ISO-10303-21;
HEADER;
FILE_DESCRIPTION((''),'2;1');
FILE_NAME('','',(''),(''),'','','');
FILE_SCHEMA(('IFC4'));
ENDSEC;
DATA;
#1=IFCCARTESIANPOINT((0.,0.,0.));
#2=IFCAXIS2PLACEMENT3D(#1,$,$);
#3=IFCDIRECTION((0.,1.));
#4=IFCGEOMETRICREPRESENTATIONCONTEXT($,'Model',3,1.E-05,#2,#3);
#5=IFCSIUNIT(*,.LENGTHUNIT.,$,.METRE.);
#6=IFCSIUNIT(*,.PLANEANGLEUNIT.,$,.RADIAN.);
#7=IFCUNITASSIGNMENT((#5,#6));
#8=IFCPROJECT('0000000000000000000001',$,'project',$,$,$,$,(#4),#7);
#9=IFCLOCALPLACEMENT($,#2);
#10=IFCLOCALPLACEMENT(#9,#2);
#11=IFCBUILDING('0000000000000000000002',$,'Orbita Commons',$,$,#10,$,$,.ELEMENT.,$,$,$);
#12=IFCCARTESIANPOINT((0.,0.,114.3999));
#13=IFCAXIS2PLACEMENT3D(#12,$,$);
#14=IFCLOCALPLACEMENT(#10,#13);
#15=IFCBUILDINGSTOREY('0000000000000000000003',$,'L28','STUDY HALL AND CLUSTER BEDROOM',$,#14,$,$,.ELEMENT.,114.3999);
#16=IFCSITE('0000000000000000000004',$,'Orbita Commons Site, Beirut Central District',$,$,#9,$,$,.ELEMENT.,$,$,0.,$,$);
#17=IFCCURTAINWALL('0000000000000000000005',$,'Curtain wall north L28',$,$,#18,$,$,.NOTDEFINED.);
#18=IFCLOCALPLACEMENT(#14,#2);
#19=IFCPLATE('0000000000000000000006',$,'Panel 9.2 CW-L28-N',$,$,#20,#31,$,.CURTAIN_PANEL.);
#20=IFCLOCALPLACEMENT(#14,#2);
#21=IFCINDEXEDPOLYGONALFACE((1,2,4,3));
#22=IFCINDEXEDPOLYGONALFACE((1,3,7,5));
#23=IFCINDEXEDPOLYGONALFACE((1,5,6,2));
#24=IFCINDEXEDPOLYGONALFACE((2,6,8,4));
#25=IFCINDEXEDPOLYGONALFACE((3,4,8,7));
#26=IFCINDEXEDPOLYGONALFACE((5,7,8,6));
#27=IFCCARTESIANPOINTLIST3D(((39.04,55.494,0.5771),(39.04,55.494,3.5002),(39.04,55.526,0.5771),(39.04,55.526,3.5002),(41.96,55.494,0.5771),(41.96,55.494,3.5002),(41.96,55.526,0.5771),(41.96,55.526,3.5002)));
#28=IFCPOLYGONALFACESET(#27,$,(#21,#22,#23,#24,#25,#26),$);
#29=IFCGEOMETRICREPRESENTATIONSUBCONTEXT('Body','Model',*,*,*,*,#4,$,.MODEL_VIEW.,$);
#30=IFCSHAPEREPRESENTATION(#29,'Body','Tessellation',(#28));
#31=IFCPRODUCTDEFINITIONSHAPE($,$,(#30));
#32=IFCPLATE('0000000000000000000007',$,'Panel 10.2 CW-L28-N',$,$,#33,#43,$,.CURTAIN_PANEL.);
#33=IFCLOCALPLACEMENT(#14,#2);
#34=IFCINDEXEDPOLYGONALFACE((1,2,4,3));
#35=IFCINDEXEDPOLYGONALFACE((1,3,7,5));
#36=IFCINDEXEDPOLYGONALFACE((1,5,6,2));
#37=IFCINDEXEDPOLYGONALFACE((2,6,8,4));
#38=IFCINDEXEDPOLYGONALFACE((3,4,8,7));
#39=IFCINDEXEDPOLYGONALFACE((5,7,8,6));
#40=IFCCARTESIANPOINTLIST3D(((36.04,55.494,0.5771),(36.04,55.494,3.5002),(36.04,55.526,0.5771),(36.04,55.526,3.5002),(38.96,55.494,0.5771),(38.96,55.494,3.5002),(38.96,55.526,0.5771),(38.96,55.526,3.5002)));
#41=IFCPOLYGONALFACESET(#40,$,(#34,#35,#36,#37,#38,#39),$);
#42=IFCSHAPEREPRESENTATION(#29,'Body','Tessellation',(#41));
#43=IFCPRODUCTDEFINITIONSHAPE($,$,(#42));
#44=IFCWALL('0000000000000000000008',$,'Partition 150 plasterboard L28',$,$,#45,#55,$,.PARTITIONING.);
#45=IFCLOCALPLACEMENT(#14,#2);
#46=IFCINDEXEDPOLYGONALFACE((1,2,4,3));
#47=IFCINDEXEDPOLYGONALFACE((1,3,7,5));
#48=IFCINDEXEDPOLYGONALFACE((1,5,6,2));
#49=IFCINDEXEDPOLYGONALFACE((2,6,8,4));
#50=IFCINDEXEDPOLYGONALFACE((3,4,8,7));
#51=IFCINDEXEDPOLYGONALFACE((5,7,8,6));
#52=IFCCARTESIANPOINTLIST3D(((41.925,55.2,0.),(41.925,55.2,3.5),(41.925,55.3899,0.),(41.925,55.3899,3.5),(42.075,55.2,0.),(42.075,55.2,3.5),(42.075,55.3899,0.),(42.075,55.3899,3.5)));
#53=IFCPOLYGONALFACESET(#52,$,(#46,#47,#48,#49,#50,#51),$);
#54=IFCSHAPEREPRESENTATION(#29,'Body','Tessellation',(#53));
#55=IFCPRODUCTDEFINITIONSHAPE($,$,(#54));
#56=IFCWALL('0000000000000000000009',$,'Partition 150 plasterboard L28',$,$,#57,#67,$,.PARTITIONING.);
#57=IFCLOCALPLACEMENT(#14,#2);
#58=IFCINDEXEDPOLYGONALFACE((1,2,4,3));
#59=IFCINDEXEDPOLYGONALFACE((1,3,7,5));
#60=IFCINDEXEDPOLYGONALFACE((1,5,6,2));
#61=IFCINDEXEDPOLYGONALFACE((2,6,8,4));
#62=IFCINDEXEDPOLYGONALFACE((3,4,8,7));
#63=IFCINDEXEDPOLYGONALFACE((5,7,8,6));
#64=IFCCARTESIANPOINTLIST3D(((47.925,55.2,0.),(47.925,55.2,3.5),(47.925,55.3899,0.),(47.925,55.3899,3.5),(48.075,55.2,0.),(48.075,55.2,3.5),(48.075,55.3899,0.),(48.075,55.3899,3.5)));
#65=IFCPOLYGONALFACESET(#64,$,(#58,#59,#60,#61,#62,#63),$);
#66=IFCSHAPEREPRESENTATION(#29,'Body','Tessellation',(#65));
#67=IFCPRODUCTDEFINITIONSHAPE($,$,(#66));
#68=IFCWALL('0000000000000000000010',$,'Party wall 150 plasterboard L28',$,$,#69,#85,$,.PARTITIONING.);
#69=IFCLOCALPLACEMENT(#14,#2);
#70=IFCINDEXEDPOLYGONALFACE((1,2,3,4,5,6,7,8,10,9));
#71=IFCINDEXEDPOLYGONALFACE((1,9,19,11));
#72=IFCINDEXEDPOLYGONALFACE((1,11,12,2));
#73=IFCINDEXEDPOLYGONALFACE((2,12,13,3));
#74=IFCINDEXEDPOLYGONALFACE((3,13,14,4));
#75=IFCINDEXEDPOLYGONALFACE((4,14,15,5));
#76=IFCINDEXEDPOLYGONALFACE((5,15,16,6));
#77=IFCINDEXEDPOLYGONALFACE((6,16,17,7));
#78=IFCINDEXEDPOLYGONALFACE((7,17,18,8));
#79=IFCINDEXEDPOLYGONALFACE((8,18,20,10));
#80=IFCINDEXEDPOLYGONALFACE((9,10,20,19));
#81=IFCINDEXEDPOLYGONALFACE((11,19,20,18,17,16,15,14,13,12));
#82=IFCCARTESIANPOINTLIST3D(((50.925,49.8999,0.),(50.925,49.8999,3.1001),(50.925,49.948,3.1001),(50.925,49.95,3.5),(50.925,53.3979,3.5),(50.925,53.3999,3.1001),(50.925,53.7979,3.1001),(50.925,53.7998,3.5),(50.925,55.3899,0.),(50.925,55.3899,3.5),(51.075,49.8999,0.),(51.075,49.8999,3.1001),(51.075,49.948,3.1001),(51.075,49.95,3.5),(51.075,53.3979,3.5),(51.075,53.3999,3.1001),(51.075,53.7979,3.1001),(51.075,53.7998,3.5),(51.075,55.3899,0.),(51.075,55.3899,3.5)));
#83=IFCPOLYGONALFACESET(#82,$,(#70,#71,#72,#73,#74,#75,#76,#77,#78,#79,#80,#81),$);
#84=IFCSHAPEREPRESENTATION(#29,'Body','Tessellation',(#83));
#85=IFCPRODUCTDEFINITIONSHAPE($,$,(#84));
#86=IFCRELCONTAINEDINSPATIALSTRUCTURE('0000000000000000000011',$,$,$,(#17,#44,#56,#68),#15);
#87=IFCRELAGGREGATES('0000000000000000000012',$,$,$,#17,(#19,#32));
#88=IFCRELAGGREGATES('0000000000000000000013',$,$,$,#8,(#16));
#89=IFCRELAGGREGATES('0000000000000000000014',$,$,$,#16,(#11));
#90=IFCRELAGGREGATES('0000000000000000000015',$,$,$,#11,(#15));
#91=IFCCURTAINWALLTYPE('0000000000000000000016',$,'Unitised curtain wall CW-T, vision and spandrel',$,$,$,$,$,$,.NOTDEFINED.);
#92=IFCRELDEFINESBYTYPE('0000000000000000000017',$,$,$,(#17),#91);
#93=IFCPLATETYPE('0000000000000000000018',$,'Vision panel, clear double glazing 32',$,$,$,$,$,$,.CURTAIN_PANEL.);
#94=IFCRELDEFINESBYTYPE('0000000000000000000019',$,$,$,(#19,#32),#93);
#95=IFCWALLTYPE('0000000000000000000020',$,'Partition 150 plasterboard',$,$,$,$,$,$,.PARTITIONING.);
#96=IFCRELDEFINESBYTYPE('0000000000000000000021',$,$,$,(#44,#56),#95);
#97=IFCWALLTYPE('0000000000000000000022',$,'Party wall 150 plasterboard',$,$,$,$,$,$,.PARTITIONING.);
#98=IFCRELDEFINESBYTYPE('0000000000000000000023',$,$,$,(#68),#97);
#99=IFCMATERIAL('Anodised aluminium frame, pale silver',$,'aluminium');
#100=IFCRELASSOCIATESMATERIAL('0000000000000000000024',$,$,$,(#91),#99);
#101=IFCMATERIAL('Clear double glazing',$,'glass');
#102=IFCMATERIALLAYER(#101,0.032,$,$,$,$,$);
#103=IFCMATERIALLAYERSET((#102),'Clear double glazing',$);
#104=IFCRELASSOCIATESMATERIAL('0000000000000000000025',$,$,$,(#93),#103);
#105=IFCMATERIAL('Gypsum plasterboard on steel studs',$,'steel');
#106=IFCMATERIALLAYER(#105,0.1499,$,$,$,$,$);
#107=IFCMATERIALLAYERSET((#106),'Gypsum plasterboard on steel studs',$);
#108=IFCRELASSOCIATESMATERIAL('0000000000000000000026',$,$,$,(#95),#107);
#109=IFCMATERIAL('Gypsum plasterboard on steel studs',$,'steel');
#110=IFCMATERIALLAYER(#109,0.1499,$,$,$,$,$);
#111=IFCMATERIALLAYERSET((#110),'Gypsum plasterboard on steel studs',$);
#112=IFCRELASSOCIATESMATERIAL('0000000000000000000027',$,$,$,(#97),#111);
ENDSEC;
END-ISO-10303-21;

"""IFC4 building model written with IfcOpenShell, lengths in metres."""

from ifc_helpers import new_model, si_unit, direction, frame, frame_2d, origin, origin_2d, place, context, subcontext, project, spatial, polyline, rectangle, outline, extrude, material, layer, layer_set, type_object, element, aggregate, save


model = new_model("IFC4")

# Units and contexts
model_context = context("Model", 3, precision=1e-05, world=origin(), true_north=direction((0.0, 1.0)))
body_context = subcontext(model_context, "Body", "Model", "MODEL_VIEW")
ifc_project = project(units=[si_unit("LENGTHUNIT", "METRE"), si_unit("PLANEANGLEUNIT", "RADIAN")], contexts=[model_context])

# Site, building, storey
site_placement = place(None, origin())
site = spatial("IfcSite", under=ifc_project, at=site_placement, Name="Orbita Commons Site, Beirut Central District", CompositionType="ELEMENT", RefElevation=0.0)
building_placement = place(site_placement, origin())
building = spatial("IfcBuilding", under=site, at=building_placement, Name="Orbita Commons", CompositionType="ELEMENT")
storey_placement = place(building_placement, frame((0.0, 0.0, 114.3999)))
storey = spatial("IfcBuildingStorey", under=building, at=storey_placement, Name="L28", Description="STUDY HALL AND CLUSTER BEDROOM", CompositionType="ELEMENT", Elevation=114.3999)

# Curtain wall
ifc_material_1 = material(Name="Anodised aluminium frame, pale silver", Category="aluminium")
curtain_wall_type = type_object("IfcCurtainWallType", Name="Unitised curtain wall CW-T, vision and spandrel", PredefinedType="NOTDEFINED", material=ifc_material_1)
curtain_wall_placement = place(storey_placement, origin())
curtain_wall = element("IfcCurtainWall", 1, at=curtain_wall_placement, inside=storey, type_object=curtain_wall_type, Name="Curtain wall north L28", PredefinedType="NOTDEFINED")

# Plates
ifc_material_2 = material(Name="Clear double glazing", Category="glass")
ifc_layer_1 = layer(ifc_material_2, 0.032)
ifc_layer_set_1 = layer_set([ifc_layer_1], Name="Clear double glazing")
plate_type_1 = type_object("IfcPlateType", Name="Vision panel, clear double glazing 32", PredefinedType="CURTAIN_PANEL", material=ifc_layer_set_1)
plate_1_placement = place(storey_placement, frame((40.5, 55.51, 0.5771), z_axis=(0.0, 0.0, 1.0), x_axis=(-1.0, 0.0, 0.0)))
plate_1 = element("IfcPlate", 2, at=plate_1_placement, type_object=plate_type_1, Name="Panel 9.2 CW-L28-N", PredefinedType="CURTAIN_PANEL", context=body_context, shape_type="SweptSolid", body=[
    extrude(rectangle(XDim=2.9199, YDim=0.032, at=origin_2d()), origin(), (0.0, 0.0, 1.0), 2.9231),
])
plate_2_placement = place(storey_placement, frame((37.5, 55.51, 0.5771), z_axis=(0.0, 0.0, 1.0), x_axis=(-1.0, 0.0, 0.0)))
plate_2 = element("IfcPlate", 3, at=plate_2_placement, type_object=plate_type_1, Name="Panel 10.2 CW-L28-N", PredefinedType="CURTAIN_PANEL", context=body_context, shape_type="SweptSolid", body=[
    extrude(rectangle(XDim=2.9199, YDim=0.032, at=origin_2d()), origin(), (0.0, 0.0, 1.0), 2.9231),
])
aggregate(curtain_wall, [plate_1, plate_2])

# Walls
ifc_material_3 = material(Name="Gypsum plasterboard on steel studs", Category="steel")
ifc_layer_2 = layer(ifc_material_3, 0.1499)
ifc_layer_set_2 = layer_set([ifc_layer_2], Name="Gypsum plasterboard on steel studs")
wall_type_1 = type_object("IfcWallType", Name="Partition 150 plasterboard", PredefinedType="PARTITIONING", material=ifc_layer_set_2)
for number, where, z_axis, x_axis, name in (
    (4, (42.0, 55.2, 0.0), (0.0, 0.0, 1.0), (0.0, 1.0, 0.0), "Partition 150 plasterboard L28"),
    (5, (48.0, 55.2, 0.0), (0.0, 0.0, 1.0), (0.0, 1.0, 0.0), "Partition 150 plasterboard L28"),
):
    element("IfcWall", number, at=place(storey_placement, frame(where, z_axis=z_axis, x_axis=x_axis)), inside=storey, type_object=wall_type_1, Name=name, PredefinedType="PARTITIONING", context=body_context, shape_type="SweptSolid", body=[
        extrude(rectangle(XDim=0.1899, YDim=0.1499, at=frame_2d((0.095, 0.0))), origin(), (0.0, 0.0, 1.0), 3.5),
    ])
ifc_material_4 = material(Name="Gypsum plasterboard on steel studs", Category="steel")
ifc_layer_3 = layer(ifc_material_4, 0.1499)
ifc_layer_set_3 = layer_set([ifc_layer_3], Name="Gypsum plasterboard on steel studs")
wall_type_2 = type_object("IfcWallType", Name="Party wall 150 plasterboard", PredefinedType="PARTITIONING", material=ifc_layer_set_3)
wall_placement = place(storey_placement, frame((51.0, 55.3899, 0.0), z_axis=(0.0, 0.0, 1.0), x_axis=(0.0, -1.0, 0.0)))
element("IfcWall", 6, at=wall_placement, inside=storey, type_object=wall_type_2, Name="Party wall 150 plasterboard L28", PredefinedType="PARTITIONING", context=body_context, shape_type="SweptSolid", body=[
    extrude(outline(polyline([(0.0, 0.0), (5.49, 0.0), (5.49, 3.1001), (5.4419, 3.1001), (5.4399, 3.5), (1.9919, 3.5), (1.99, 3.1001), (1.592, 3.1001), (1.5901, 3.5), (0.0, 3.5), (0.0, 0.0)])), frame((0.0, 0.075, 0.0), z_axis=(0.0, -1.0, 0.0), x_axis=(1.0, 0.0, 0.0)), (0.0, 0.0, 1.0), 0.1499),
])

save(model, "model.ifc")
